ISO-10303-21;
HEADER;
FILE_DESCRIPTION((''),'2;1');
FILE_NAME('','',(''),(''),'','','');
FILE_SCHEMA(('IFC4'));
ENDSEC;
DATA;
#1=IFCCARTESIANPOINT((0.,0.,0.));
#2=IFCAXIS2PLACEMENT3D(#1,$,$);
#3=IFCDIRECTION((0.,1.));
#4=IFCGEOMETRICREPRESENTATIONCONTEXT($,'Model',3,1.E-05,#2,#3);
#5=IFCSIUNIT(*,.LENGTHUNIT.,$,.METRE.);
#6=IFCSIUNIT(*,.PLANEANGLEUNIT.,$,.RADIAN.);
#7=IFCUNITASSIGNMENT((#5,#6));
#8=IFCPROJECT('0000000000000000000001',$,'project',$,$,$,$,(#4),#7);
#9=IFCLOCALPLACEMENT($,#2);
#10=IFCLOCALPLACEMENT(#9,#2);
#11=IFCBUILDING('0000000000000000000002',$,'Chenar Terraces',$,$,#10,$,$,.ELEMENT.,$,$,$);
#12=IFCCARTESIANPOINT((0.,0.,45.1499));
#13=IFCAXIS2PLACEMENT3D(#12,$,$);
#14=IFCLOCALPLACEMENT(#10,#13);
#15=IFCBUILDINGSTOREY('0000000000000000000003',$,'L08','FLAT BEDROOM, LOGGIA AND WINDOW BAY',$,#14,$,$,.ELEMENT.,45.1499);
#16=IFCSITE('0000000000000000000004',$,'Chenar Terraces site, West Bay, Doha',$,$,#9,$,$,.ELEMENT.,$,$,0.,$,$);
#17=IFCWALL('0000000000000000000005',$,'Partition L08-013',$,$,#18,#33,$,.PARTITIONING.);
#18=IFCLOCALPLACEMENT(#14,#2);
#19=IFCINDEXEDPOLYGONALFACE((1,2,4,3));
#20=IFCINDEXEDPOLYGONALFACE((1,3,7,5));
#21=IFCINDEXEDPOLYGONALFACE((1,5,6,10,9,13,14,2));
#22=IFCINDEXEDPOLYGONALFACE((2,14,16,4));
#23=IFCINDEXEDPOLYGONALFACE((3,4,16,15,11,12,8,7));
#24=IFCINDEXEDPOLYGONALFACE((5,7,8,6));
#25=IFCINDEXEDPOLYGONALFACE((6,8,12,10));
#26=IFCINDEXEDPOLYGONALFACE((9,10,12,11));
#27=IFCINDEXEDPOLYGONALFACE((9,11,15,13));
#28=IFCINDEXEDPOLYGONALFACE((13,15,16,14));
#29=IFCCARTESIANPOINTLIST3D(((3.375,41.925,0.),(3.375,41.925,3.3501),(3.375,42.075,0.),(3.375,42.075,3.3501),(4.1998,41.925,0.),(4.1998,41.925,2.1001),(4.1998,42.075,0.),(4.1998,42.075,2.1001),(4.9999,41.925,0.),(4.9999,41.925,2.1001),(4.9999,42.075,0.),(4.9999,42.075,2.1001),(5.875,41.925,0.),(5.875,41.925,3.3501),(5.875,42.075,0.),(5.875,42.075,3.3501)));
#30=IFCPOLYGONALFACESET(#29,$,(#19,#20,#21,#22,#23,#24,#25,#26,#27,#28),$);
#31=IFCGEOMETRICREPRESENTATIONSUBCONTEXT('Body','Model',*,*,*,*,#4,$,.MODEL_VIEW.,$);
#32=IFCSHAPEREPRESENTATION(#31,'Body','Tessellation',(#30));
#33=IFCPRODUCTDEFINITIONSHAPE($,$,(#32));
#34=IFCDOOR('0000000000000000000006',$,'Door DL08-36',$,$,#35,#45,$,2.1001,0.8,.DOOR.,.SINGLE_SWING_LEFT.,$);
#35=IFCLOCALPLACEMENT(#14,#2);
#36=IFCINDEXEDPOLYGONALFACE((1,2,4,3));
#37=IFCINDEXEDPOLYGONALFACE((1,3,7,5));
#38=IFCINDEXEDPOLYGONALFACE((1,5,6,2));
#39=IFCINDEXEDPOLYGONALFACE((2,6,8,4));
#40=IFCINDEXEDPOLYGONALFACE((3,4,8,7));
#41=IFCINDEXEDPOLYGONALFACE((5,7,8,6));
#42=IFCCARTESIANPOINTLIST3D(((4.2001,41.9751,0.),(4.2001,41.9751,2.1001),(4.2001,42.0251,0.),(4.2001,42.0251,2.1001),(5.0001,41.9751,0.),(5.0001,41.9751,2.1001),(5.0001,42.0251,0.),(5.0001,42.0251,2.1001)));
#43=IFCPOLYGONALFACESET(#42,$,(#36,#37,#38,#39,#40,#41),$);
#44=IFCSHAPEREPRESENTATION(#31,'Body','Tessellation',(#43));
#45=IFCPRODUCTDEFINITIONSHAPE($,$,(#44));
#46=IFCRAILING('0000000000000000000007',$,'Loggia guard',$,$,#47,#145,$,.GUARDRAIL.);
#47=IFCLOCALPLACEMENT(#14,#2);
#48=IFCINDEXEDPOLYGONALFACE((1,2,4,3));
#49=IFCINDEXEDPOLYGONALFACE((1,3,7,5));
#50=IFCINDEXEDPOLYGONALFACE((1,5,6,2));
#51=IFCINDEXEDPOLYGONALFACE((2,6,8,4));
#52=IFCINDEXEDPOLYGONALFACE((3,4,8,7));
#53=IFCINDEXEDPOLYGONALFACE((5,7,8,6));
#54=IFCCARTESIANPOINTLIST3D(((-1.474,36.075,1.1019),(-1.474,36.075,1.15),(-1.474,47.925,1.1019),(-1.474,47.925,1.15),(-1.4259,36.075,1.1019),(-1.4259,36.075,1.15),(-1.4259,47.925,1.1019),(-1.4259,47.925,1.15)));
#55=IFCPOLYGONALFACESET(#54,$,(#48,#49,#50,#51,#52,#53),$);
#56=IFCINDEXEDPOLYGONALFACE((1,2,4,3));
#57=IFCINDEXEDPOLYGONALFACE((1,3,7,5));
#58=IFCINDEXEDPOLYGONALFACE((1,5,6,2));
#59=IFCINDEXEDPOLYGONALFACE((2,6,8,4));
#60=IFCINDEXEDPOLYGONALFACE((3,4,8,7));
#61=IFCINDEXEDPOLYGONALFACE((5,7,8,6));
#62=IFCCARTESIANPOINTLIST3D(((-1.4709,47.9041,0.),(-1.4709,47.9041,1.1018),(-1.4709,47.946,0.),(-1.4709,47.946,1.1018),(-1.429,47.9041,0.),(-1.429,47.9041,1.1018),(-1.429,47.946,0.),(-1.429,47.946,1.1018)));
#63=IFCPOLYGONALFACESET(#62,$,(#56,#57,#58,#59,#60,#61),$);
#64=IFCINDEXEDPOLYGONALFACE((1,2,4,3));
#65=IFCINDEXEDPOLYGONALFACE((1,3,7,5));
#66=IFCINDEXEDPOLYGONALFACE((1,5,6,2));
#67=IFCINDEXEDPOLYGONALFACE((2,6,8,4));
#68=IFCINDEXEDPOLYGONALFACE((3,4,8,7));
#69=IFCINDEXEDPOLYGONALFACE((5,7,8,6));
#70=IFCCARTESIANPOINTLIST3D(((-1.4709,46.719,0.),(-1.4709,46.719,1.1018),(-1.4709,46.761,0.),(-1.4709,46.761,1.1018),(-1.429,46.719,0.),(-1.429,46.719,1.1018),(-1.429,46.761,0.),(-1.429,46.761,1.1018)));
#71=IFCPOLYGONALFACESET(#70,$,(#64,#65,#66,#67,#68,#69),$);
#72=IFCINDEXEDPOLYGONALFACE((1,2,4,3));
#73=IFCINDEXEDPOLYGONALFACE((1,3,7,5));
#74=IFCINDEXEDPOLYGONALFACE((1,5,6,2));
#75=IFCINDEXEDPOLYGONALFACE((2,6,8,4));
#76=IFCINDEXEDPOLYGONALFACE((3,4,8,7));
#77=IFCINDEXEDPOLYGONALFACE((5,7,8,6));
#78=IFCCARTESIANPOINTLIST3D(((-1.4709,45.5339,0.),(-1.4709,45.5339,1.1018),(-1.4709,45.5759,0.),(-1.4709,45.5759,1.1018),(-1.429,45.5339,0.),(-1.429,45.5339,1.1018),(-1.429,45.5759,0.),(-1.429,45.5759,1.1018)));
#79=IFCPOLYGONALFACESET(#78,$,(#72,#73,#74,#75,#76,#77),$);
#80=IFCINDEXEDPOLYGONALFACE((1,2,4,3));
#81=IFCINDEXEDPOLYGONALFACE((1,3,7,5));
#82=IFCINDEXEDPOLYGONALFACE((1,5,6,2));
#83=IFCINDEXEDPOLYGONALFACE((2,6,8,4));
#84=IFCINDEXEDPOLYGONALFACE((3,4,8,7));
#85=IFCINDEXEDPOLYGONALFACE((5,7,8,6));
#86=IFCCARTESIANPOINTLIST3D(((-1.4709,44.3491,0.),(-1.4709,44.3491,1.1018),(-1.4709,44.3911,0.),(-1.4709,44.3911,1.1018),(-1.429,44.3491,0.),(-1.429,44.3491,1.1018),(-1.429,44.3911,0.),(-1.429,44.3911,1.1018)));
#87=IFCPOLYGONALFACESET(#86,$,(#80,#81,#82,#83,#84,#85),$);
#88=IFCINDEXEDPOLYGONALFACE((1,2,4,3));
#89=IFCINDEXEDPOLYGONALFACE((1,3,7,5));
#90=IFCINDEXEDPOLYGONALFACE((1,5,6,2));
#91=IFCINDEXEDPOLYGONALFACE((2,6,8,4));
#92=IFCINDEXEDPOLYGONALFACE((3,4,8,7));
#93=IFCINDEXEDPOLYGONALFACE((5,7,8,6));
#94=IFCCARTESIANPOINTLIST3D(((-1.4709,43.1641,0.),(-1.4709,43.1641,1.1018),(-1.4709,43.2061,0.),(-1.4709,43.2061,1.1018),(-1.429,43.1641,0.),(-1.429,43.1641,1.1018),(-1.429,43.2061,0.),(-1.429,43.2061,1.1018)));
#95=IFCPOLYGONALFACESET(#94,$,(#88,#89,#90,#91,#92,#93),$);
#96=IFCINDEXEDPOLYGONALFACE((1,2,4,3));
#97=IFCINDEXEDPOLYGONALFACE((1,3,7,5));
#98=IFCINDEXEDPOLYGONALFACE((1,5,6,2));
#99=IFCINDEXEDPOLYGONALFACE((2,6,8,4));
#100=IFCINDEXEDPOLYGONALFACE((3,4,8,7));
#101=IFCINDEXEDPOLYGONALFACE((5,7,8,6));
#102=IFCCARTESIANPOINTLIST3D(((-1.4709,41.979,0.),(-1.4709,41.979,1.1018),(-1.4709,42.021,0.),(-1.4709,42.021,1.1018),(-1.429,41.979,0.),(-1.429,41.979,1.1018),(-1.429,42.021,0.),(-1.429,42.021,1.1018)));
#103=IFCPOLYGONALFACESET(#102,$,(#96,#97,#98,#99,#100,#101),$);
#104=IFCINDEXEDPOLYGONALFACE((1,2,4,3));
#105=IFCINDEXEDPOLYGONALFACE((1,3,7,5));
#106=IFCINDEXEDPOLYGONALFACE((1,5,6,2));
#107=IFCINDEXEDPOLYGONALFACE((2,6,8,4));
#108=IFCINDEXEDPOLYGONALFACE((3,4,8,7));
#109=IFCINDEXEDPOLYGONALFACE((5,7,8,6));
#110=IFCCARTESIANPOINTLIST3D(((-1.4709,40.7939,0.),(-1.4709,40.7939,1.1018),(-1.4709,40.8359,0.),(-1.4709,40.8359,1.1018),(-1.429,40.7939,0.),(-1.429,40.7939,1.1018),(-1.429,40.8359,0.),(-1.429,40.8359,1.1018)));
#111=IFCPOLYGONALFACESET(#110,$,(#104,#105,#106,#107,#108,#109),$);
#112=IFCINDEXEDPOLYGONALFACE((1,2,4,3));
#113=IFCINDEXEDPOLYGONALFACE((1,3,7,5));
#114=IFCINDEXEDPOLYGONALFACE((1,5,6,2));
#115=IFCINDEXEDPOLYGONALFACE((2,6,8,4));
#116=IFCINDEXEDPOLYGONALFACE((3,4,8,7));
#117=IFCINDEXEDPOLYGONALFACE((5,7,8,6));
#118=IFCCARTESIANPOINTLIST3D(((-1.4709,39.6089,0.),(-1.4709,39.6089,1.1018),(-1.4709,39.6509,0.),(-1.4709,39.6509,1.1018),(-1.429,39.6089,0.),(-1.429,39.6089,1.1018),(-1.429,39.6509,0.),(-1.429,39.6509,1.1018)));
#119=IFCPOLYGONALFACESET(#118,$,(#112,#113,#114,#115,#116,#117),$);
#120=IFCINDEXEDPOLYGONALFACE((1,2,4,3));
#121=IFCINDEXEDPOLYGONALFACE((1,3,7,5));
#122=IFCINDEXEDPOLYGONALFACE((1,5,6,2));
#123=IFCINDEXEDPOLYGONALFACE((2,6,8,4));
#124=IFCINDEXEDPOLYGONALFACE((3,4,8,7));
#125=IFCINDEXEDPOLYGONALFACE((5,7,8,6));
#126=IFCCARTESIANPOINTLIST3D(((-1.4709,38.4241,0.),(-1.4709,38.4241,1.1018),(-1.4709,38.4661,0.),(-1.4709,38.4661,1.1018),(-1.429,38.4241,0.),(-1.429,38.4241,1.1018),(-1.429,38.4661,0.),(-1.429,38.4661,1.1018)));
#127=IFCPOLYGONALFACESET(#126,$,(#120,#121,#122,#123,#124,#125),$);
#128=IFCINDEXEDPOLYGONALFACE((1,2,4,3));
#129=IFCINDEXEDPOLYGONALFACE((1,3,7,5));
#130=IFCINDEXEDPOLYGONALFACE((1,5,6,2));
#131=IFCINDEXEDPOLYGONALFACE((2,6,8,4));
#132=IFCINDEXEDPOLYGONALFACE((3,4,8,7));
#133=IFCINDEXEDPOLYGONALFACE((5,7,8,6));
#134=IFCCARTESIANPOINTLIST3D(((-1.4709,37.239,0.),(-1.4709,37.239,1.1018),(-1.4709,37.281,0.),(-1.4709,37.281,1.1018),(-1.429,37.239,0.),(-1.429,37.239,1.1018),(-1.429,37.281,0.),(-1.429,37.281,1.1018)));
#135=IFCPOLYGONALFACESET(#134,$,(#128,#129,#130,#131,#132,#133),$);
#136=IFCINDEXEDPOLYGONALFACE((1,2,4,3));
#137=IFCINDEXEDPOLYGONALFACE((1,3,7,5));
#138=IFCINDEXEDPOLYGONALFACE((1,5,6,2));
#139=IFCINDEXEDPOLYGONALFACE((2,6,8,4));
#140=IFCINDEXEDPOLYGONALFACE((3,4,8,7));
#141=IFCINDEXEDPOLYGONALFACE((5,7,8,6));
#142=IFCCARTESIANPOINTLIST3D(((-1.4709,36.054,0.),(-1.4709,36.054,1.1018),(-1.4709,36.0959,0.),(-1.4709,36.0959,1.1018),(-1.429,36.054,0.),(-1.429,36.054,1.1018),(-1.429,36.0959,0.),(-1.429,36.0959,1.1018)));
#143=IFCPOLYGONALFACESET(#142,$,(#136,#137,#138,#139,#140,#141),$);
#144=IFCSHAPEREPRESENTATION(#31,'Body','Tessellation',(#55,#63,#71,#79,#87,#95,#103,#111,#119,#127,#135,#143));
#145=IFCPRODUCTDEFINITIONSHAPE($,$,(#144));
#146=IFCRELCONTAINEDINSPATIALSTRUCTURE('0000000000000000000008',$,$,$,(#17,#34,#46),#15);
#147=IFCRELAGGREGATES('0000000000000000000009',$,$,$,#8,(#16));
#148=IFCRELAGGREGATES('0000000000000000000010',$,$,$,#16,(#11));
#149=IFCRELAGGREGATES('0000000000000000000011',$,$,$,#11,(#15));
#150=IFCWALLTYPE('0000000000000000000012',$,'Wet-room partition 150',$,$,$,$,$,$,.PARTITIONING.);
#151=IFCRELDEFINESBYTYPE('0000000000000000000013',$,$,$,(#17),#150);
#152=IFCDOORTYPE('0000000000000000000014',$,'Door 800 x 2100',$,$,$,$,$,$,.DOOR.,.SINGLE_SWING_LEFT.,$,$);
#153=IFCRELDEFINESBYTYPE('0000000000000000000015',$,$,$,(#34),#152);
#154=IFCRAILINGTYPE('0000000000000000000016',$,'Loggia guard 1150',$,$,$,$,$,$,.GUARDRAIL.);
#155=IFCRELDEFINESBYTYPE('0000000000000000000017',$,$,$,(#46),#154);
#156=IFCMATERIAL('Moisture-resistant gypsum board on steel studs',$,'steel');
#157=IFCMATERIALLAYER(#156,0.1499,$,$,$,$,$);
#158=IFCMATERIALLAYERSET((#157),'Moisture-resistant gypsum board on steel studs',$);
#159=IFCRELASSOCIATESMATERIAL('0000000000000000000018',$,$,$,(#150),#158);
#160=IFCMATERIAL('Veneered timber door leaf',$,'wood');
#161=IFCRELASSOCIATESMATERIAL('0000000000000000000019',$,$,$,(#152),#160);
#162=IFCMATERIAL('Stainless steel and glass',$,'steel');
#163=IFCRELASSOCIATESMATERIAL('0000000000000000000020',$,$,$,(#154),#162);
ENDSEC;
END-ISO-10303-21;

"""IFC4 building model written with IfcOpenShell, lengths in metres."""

from ifc_helpers import new_model, si_unit, direction, frame, frame_2d, origin, origin_2d, place, context, subcontext, project, spatial, rectangle, extrude, material, layer, layer_set, type_object, element, fill, save


model = new_model("IFC4")

# Units and contexts
model_context = context("Model", 3, precision=1e-05, world=origin(), true_north=direction((0.0, 1.0)))
body_context = subcontext(model_context, "Body", "Model", "MODEL_VIEW")
ifc_project = project(units=[si_unit("LENGTHUNIT", "METRE"), si_unit("PLANEANGLEUNIT", "RADIAN")], contexts=[model_context])

# Site, building, storey
site_placement = place(None, origin())
site = spatial("IfcSite", under=ifc_project, at=site_placement, Name="Chenar Terraces site, West Bay, Doha", CompositionType="ELEMENT", RefElevation=0.0)
building_placement = place(site_placement, origin())
building = spatial("IfcBuilding", under=site, at=building_placement, Name="Chenar Terraces", CompositionType="ELEMENT")
storey_placement = place(building_placement, frame((0.0, 0.0, 45.1499)))
storey = spatial("IfcBuildingStorey", under=building, at=storey_placement, Name="L08", Description="FLAT BEDROOM, LOGGIA AND WINDOW BAY", CompositionType="ELEMENT", Elevation=45.1499)

# Wall, opening, door
ifc_material_1 = material(Name="Moisture-resistant gypsum board on steel studs", Category="steel")
ifc_layer_1 = layer(ifc_material_1, 0.1499)
ifc_layer_set_1 = layer_set([ifc_layer_1], Name="Moisture-resistant gypsum board on steel studs")
wall_type_1 = type_object("IfcWallType", Name="Wet-room partition 150", PredefinedType="PARTITIONING", material=ifc_layer_set_1)
wall_1_placement = place(storey_placement, frame((3.375, 42.0, 0.0), z_axis=(0.0, 0.0, 1.0), x_axis=(1.0, 0.0, 0.0)))
wall_1 = element("IfcWall", 1, at=wall_1_placement, inside=storey, type_object=wall_type_1, Name="Partition L08-013", PredefinedType="PARTITIONING", context=body_context, shape_type="SweptSolid", body=[
    extrude(rectangle(XDim=2.5, YDim=0.1499, at=frame_2d((1.25, 0.0))), origin(), (0.0, 0.0, 1.0), 3.3501),
])
opening_1_placement = place(wall_1_placement, frame((0.825, 0.0, 0.0)))
opening_1 = element("IfcOpeningElement", 2, at=opening_1_placement, cuts=wall_1, PredefinedType="OPENING", context=body_context, shape_type="SweptSolid", body=[
    extrude(rectangle(XDim=0.8, YDim=2.1001, at=frame_2d((0.3999, 1.05))), frame((0.0, 0.085, 0.0), z_axis=(0.0, -1.0, 0.0), x_axis=(1.0, 0.0, 0.0)), (0.0, 0.0, 1.0), 0.1699),
])
ifc_material_2 = material(Name="Veneered timber door leaf", Category="wood")
door_type_1 = type_object("IfcDoorType", Name="Door 800 x 2100", OperationType="SINGLE_SWING_LEFT", PredefinedType="DOOR", material=ifc_material_2)
door_1_placement = place(opening_1_placement, frame((0.8, 0.0, 0.0), z_axis=(0.0, 0.0, 1.0), x_axis=(-1.0, 0.0, 0.0)))
door_1 = element("IfcDoor", 3, at=door_1_placement, inside=storey, type_object=door_type_1, Name="Door DL08-36", OperationType="SINGLE_SWING_LEFT", OverallHeight=2.1001, OverallWidth=0.8, PredefinedType="DOOR", context=body_context, shape_type="SweptSolid", body=[
    extrude(rectangle(XDim=0.8, YDim=2.1001, at=frame_2d((0.3999, 1.05))), frame((0.0, 0.0249, 0.0), z_axis=(0.0, -1.0, 0.0), x_axis=(1.0, 0.0, 0.0)), (0.0, 0.0, 1.0), 0.05),
])
fill(opening_1, door_1)

# Railing
ifc_material_3 = material(Name="Stainless steel and glass", Category="steel")
railing_type = type_object("IfcRailingType", Name="Loggia guard 1150", PredefinedType="GUARDRAIL", material=ifc_material_3)
railing_placement = place(storey_placement, frame((-1.45, 47.925, 0.0)))
element("IfcRailing", 4, at=railing_placement, inside=storey, type_object=railing_type, Name="Loggia guard", PredefinedType="GUARDRAIL", context=body_context, shape_type="SweptSolid", body=[
    extrude(rectangle(XDim=0.0481, YDim=0.0481, at=origin_2d()), frame((0.0, 0.0, 1.126), z_axis=(0.0, -1.0, 0.0), x_axis=(1.0, 0.0, 0.0)), (0.0, 0.0, 1.0), 11.8501),
    extrude(rectangle(XDim=0.042, YDim=0.042, at=origin_2d()), origin(), (0.0, 0.0, 1.0), 1.1018),
    extrude(rectangle(XDim=0.042, YDim=0.042, at=origin_2d()), frame((0.0, -1.1851, 0.0)), (0.0, 0.0, 1.0), 1.1018),
    extrude(rectangle(XDim=0.042, YDim=0.042, at=origin_2d()), frame((0.0, -2.3701, 0.0)), (0.0, 0.0, 1.0), 1.1018),
    extrude(rectangle(XDim=0.042, YDim=0.042, at=origin_2d()), frame((0.0, -3.5549, 0.0)), (0.0, 0.0, 1.0), 1.1018),
    extrude(rectangle(XDim=0.042, YDim=0.042, at=origin_2d()), frame((0.0, -4.74, 0.0)), (0.0, 0.0, 1.0), 1.1018),
    extrude(rectangle(XDim=0.042, YDim=0.042, at=origin_2d()), frame((0.0, -5.925, 0.0)), (0.0, 0.0, 1.0), 1.1018),
    extrude(rectangle(XDim=0.042, YDim=0.042, at=origin_2d()), frame((0.0, -7.1101, 0.0)), (0.0, 0.0, 1.0), 1.1018),
    extrude(rectangle(XDim=0.042, YDim=0.042, at=origin_2d()), frame((0.0, -8.2952, 0.0)), (0.0, 0.0, 1.0), 1.1018),
    extrude(rectangle(XDim=0.042, YDim=0.042, at=origin_2d()), frame((0.0, -9.48, 0.0)), (0.0, 0.0, 1.0), 1.1018),
    extrude(rectangle(XDim=0.042, YDim=0.042, at=origin_2d()), frame((0.0, -10.665, 0.0)), (0.0, 0.0, 1.0), 1.1018),
    extrude(rectangle(XDim=0.042, YDim=0.042, at=origin_2d()), frame((0.0, -11.8501, 0.0)), (0.0, 0.0, 1.0), 1.1018),
])

save(model, "model.ifc")
